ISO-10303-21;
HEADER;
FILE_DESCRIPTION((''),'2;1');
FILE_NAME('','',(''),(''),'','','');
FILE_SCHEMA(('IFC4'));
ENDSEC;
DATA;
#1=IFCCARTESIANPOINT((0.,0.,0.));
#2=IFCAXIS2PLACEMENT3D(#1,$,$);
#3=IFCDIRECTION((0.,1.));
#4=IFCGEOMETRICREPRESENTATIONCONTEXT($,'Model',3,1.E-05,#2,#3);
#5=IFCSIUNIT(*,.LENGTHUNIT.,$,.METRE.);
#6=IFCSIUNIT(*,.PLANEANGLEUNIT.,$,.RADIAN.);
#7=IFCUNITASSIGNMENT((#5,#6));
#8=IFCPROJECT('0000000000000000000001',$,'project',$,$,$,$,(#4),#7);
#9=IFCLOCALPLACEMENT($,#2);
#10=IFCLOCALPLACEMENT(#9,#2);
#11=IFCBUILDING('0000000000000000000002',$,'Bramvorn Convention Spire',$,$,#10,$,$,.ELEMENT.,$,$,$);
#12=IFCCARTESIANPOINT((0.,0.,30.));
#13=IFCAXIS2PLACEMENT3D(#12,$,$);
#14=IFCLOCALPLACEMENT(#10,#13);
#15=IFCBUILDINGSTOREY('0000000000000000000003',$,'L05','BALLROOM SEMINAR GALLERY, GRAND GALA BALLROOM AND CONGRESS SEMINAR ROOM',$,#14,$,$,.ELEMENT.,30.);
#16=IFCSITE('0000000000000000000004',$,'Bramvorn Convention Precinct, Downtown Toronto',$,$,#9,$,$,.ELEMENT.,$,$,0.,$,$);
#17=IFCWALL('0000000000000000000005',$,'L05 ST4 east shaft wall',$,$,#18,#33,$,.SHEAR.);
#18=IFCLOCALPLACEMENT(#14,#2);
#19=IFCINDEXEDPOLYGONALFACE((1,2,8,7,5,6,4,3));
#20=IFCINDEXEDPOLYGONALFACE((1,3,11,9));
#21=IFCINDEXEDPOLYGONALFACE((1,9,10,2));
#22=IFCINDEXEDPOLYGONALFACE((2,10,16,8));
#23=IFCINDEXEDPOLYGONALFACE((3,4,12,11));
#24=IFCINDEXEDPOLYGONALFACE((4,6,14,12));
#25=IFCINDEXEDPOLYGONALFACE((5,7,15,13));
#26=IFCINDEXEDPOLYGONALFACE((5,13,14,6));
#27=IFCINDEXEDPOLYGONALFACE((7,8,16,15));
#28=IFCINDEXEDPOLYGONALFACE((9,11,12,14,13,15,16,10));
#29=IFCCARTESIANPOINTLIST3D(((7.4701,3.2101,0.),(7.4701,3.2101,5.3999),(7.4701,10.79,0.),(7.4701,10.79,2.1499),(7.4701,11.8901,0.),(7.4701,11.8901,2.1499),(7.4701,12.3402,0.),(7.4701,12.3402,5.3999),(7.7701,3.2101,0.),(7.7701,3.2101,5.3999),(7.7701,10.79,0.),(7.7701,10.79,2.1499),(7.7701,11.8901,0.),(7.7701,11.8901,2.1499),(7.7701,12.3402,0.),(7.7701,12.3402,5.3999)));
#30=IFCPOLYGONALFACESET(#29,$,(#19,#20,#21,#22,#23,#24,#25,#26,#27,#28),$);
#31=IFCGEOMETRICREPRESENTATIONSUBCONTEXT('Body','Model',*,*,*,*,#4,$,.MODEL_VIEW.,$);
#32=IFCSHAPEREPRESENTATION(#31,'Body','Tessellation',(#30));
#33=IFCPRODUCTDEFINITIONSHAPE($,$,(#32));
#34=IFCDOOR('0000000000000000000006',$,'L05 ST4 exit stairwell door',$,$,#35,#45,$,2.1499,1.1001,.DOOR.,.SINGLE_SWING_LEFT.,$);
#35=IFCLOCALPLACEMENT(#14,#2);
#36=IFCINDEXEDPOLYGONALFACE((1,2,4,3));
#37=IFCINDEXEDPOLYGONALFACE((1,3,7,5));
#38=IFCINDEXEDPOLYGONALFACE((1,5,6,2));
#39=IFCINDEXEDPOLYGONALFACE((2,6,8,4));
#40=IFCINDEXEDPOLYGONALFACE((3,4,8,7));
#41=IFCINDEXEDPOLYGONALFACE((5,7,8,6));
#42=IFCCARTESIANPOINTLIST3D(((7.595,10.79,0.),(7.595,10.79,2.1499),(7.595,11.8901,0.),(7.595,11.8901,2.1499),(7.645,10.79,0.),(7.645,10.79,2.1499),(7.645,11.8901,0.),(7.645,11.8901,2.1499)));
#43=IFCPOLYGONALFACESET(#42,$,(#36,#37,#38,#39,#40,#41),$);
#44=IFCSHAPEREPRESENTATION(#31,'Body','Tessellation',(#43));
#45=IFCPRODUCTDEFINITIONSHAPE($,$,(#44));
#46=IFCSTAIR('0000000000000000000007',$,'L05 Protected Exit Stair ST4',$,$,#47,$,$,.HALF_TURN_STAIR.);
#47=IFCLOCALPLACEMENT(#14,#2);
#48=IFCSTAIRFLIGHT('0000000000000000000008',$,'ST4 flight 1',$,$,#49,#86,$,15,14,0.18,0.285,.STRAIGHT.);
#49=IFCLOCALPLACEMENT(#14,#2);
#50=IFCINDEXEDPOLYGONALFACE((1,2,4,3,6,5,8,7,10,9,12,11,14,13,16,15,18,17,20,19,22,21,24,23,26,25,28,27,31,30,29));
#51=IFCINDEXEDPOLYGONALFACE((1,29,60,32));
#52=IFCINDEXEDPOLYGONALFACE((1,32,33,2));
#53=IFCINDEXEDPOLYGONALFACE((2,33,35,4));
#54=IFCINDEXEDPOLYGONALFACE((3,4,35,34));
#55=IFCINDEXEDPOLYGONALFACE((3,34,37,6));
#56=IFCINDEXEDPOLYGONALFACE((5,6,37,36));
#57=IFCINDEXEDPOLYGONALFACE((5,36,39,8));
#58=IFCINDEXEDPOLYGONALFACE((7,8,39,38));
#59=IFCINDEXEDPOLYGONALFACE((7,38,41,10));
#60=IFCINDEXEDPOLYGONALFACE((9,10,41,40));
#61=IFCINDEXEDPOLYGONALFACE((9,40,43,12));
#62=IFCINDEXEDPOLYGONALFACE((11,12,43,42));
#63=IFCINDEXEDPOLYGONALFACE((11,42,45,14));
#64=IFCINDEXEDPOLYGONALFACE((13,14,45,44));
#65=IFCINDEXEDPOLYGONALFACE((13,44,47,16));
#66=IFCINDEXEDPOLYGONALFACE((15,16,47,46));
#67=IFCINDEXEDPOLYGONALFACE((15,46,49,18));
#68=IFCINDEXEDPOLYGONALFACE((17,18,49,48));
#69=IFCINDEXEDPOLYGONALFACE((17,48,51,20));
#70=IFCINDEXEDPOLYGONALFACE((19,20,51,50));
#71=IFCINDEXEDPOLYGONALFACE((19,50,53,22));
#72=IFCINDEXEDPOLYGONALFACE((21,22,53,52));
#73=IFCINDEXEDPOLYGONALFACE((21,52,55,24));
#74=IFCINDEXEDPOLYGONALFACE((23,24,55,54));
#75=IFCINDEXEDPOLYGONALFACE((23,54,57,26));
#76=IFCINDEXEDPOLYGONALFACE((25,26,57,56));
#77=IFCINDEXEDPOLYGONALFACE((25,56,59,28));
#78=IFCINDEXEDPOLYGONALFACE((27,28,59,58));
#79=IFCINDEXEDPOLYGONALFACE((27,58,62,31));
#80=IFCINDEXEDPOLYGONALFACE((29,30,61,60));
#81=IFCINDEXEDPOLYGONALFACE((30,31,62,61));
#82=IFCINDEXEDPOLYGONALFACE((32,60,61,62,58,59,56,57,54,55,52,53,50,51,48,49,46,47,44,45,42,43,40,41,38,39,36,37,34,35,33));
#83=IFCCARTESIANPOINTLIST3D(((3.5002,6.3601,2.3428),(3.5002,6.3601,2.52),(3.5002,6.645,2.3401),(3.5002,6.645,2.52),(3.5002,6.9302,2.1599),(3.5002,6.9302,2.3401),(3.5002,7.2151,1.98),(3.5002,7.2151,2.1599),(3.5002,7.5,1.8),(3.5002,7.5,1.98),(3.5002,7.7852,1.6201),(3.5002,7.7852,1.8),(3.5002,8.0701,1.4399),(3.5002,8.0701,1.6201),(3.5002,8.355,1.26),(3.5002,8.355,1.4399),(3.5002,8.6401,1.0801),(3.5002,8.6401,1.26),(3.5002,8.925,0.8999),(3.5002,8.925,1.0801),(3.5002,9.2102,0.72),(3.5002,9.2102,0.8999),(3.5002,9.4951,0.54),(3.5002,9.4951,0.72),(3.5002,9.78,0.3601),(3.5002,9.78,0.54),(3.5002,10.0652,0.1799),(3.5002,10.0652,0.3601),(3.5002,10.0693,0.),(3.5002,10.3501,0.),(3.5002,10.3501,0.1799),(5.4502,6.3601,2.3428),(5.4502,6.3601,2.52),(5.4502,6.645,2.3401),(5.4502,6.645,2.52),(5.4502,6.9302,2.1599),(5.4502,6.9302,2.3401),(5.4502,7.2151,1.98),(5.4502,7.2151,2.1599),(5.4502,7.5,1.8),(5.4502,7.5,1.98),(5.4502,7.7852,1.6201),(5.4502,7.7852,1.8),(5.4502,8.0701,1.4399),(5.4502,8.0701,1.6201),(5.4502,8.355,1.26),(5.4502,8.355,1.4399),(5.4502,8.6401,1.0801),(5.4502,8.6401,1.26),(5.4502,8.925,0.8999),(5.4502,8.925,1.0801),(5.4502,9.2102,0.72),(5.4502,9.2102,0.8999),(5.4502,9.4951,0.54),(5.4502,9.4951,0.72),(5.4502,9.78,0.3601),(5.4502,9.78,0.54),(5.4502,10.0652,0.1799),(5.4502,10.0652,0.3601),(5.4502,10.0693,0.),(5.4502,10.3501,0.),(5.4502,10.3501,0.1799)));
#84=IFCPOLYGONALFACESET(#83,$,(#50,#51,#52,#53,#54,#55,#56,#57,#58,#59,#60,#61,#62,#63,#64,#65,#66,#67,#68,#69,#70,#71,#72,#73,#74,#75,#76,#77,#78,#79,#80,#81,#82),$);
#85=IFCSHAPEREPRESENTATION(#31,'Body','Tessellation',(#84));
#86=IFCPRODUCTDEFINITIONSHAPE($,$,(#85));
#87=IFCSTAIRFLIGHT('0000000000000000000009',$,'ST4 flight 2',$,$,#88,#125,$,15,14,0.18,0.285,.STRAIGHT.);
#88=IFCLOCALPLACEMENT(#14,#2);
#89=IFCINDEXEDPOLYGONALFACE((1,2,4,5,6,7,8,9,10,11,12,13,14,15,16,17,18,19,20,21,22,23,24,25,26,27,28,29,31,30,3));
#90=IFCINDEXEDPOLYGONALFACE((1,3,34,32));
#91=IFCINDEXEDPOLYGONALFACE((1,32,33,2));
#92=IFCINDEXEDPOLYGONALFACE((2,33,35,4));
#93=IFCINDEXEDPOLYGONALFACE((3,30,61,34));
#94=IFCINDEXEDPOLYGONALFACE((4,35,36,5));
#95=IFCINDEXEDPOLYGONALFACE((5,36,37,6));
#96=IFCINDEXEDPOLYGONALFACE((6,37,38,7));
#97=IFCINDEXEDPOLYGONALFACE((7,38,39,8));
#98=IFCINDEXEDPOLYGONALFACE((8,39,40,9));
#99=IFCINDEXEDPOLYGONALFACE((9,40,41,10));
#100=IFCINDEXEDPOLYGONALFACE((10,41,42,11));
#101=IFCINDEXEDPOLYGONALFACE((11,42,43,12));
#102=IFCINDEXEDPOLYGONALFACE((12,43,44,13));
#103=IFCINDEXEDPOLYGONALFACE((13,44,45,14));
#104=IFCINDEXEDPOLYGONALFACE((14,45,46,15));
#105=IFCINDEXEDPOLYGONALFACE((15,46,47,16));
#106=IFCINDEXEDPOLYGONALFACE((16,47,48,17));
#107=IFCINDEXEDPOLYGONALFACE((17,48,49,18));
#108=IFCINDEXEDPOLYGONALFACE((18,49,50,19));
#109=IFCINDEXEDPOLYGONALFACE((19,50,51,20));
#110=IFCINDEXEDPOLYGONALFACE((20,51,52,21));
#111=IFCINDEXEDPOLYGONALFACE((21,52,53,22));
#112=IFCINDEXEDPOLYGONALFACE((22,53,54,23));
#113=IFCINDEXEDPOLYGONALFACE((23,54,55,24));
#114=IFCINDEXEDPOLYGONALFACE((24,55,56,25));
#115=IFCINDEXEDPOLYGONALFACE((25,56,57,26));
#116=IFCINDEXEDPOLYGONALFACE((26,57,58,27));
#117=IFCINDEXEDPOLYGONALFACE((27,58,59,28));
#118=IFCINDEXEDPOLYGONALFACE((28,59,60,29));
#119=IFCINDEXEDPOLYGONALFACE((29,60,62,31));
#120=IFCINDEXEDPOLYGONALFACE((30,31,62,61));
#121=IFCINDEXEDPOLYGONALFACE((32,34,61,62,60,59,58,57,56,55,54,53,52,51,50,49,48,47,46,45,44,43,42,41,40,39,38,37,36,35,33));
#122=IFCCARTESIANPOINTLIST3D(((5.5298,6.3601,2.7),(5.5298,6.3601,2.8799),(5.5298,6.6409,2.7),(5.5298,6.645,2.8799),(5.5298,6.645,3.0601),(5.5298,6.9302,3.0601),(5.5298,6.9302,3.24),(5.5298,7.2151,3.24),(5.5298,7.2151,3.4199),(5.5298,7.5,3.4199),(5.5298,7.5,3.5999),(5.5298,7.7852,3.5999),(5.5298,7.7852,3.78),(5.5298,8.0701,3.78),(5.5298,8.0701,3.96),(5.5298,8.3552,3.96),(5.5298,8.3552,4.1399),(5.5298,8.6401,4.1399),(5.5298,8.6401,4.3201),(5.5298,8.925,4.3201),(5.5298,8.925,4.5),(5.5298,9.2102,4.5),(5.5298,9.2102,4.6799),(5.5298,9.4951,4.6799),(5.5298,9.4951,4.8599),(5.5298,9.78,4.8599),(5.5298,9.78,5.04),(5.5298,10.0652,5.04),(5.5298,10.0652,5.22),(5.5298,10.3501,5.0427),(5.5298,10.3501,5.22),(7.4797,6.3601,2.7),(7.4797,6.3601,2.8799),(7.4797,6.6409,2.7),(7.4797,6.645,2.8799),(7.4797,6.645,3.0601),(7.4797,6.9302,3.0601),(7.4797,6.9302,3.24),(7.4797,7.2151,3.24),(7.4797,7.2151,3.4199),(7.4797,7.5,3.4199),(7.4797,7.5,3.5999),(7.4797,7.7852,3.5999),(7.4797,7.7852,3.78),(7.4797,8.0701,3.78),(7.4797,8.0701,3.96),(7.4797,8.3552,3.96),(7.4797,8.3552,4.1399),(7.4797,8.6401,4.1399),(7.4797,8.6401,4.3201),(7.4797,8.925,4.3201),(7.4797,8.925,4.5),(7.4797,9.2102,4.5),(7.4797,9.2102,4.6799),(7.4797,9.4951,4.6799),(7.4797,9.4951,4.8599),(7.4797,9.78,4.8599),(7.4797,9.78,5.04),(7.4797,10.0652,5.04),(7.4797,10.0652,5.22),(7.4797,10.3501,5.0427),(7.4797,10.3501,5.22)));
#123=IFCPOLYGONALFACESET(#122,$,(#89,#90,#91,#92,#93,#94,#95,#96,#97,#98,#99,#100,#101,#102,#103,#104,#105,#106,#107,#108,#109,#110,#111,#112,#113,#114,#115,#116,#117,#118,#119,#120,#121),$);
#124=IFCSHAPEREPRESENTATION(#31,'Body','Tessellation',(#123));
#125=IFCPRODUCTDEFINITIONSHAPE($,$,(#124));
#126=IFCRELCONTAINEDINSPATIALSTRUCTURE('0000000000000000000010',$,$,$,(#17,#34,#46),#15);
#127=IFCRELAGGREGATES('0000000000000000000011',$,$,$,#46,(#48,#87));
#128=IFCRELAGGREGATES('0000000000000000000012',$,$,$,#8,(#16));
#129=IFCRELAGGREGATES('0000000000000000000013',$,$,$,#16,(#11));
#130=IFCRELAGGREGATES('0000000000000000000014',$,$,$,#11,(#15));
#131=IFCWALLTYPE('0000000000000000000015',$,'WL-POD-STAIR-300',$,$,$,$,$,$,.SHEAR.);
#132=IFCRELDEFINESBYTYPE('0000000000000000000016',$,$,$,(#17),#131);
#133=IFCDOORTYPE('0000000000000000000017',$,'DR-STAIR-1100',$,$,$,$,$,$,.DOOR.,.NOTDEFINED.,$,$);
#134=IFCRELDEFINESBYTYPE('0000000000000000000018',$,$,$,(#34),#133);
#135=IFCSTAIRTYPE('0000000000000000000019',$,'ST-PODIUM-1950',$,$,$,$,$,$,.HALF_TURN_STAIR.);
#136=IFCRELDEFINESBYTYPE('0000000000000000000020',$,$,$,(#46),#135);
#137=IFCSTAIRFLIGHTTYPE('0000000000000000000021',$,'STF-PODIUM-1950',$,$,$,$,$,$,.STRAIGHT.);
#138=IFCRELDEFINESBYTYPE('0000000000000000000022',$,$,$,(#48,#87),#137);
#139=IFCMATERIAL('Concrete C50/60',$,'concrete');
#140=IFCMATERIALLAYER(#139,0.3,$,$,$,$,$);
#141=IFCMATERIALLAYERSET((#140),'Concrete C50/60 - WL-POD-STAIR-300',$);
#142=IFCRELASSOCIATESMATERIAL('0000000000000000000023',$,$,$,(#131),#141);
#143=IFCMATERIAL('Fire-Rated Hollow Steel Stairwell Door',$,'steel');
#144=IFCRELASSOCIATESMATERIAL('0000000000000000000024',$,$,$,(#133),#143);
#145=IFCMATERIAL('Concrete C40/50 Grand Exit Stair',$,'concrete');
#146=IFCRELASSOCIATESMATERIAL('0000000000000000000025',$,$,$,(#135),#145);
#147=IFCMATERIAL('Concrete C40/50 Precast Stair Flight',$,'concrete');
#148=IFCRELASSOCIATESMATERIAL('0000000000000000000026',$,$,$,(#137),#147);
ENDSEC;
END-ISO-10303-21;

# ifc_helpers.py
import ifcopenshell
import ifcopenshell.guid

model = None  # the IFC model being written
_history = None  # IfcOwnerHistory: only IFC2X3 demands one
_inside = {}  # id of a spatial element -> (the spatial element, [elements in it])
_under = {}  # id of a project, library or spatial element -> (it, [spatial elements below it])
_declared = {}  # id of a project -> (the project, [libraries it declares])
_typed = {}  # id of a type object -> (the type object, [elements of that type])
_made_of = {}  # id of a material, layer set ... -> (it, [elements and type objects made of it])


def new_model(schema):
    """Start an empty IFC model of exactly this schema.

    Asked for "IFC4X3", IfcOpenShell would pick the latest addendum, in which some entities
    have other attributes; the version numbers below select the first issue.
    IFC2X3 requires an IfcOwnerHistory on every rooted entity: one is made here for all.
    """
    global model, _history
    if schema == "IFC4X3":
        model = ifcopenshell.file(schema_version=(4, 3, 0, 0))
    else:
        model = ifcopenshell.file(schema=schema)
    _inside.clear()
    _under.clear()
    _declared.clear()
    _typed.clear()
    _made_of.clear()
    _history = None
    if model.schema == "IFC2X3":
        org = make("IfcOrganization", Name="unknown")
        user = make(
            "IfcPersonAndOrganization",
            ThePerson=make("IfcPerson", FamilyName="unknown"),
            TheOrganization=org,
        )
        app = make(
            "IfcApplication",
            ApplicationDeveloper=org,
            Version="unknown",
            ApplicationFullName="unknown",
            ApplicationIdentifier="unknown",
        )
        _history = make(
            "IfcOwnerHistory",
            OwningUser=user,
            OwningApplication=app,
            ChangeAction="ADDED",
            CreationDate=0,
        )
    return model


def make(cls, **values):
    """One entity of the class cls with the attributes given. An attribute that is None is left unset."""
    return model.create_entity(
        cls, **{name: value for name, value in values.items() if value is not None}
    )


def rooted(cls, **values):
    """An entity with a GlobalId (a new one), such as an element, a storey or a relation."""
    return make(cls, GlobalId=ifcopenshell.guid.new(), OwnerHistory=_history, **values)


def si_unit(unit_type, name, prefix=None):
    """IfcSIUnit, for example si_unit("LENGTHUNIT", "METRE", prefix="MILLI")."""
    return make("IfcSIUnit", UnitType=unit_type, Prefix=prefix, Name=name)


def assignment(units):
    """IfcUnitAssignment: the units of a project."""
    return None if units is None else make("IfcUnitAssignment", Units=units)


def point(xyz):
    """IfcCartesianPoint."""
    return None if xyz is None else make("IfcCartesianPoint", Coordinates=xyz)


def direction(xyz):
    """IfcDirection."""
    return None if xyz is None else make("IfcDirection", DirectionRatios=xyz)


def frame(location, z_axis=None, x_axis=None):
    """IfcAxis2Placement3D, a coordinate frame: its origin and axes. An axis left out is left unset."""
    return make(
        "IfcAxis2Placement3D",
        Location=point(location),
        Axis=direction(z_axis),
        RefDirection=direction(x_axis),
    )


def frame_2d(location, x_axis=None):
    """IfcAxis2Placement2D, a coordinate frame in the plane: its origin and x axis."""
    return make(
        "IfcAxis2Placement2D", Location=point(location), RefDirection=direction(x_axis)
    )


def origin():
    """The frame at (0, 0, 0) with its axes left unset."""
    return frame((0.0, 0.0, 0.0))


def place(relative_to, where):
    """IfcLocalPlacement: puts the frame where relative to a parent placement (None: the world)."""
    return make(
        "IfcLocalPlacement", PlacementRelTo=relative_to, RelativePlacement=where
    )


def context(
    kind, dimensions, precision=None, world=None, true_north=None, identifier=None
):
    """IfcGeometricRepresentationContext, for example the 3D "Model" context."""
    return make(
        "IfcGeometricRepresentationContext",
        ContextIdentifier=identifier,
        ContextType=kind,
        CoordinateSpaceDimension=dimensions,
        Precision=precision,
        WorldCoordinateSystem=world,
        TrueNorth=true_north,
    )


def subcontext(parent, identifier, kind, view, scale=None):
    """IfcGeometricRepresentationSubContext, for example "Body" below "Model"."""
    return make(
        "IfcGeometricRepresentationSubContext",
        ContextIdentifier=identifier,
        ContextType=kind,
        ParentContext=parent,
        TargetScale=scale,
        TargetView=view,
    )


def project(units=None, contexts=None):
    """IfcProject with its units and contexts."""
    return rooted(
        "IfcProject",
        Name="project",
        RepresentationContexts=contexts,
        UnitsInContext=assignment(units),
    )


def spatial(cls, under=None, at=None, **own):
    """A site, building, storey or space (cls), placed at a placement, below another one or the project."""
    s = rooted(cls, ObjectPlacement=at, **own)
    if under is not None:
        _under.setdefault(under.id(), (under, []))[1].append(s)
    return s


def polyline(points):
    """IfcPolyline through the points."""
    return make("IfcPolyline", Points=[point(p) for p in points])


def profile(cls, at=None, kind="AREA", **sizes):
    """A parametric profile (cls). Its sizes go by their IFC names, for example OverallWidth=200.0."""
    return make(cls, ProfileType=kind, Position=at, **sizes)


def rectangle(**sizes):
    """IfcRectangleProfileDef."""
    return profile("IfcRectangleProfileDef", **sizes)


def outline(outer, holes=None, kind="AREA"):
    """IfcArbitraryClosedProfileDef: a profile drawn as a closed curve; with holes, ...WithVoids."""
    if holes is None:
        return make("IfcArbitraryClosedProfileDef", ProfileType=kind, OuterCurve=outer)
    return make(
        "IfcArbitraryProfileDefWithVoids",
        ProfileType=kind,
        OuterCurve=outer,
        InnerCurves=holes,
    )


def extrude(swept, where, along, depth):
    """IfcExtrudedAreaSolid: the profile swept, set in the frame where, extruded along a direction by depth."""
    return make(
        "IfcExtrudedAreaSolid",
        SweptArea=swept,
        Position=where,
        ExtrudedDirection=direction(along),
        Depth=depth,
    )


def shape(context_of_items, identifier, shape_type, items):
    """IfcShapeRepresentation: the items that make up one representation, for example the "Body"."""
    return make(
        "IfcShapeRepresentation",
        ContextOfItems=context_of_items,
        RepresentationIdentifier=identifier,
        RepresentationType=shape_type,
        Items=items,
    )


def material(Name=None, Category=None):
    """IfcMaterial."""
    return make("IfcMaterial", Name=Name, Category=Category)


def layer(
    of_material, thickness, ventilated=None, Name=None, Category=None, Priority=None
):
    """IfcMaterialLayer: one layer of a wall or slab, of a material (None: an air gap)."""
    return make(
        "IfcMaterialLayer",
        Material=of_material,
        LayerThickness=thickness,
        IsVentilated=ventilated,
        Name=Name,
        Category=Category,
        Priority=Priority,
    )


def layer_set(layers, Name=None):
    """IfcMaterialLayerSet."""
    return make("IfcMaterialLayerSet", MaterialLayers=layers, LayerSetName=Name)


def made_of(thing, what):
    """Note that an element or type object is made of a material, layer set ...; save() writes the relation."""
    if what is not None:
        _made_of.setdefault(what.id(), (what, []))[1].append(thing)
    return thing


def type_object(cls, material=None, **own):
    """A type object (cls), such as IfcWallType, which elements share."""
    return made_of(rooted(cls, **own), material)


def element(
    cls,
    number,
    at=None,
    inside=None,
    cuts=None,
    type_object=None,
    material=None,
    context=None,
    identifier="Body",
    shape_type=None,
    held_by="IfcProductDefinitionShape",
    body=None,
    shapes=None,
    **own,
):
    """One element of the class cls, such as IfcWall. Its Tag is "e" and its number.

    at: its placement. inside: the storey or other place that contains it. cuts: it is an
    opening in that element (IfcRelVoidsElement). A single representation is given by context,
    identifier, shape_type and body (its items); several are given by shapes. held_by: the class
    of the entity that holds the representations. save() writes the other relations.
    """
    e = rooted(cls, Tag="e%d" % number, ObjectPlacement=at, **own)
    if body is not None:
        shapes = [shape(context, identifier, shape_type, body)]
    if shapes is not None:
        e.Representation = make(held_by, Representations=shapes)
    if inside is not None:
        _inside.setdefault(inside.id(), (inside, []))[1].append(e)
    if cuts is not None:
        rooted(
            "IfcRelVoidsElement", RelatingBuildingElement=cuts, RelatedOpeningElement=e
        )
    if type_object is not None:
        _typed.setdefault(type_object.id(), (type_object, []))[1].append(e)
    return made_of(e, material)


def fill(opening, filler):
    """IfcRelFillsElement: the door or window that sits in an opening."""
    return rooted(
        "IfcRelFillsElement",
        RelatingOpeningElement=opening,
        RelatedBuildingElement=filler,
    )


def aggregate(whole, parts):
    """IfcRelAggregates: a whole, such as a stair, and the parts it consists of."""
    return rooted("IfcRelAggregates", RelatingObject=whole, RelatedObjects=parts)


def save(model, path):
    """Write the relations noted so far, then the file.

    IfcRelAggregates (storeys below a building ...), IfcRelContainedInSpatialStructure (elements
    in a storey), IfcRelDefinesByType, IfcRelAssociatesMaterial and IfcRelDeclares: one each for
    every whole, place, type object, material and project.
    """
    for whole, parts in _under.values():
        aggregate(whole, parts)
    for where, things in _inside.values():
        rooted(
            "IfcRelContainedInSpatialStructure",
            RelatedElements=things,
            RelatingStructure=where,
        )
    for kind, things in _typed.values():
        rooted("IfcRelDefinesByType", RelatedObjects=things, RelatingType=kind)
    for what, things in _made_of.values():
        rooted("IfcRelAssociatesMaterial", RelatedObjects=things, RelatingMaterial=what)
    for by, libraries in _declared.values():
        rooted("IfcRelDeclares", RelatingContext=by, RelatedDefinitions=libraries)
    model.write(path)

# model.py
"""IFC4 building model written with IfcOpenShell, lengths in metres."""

from ifc_helpers import new_model, si_unit, direction, frame, frame_2d, origin, place, context, subcontext, project, spatial, polyline, rectangle, outline, extrude, material, layer, layer_set, type_object, element, fill, aggregate, save


model = new_model("IFC4")

# Units and contexts
model_context = context("Model", 3, precision=1e-05, world=origin(), true_north=direction((0.0, 1.0)))
body_context = subcontext(model_context, "Body", "Model", "MODEL_VIEW")
ifc_project = project(units=[si_unit("LENGTHUNIT", "METRE"), si_unit("PLANEANGLEUNIT", "RADIAN")], contexts=[model_context])

# Site, building, storey
site_placement = place(None, origin())
site = spatial("IfcSite", under=ifc_project, at=site_placement, Name="Bramvorn Convention Precinct, Downtown Toronto", CompositionType="ELEMENT", RefElevation=0.0)
building_placement = place(site_placement, origin())
building = spatial("IfcBuilding", under=site, at=building_placement, Name="Bramvorn Convention Spire", CompositionType="ELEMENT")
storey_placement = place(building_placement, frame((0.0, 0.0, 30.0)))
storey = spatial("IfcBuildingStorey", under=building, at=storey_placement, Name="L05", Description="BALLROOM SEMINAR GALLERY, GRAND GALA BALLROOM AND CONGRESS SEMINAR ROOM", CompositionType="ELEMENT", Elevation=30.0)

# Shared definitions
ifc_material_1 = material(Name="Concrete C50/60", Category="concrete")
ifc_layer = layer(ifc_material_1, 0.3)
ifc_layer_set = layer_set([ifc_layer], Name="Concrete C50/60 - WL-POD-STAIR-300")
wall_type = type_object("IfcWallType", Name="WL-POD-STAIR-300", PredefinedType="SHEAR", material=ifc_layer_set)

# Wall, opening, door
wall_1_placement = place(storey_placement, frame((7.6201, 12.3401, 0.0), z_axis=(0.0, 0.0, 1.0), x_axis=(0.0, -1.0, 0.0)))
wall_1 = element("IfcWall", 1, at=wall_1_placement, inside=storey, type_object=wall_type, Name="L05 ST4 east shaft wall", PredefinedType="SHEAR", context=body_context, shape_type="SweptSolid", body=[
    extrude(rectangle(XDim=9.1301, YDim=0.3, at=frame_2d((4.5649, 0.0))), origin(), (0.0, 0.0, 1.0), 5.3999),
])
opening_placement = place(wall_1_placement, frame((0.45, 0.0, 0.0)))
opening = element("IfcOpeningElement", 2, at=opening_placement, cuts=wall_1, PredefinedType="OPENING", context=body_context, shape_type="SweptSolid", body=[
    extrude(rectangle(XDim=1.1001, YDim=2.1499, at=frame_2d((0.55, 1.075))), frame((0.0, 0.1599, 0.0), z_axis=(0.0, -1.0, 0.0), x_axis=(1.0, 0.0, 0.0)), (0.0, 0.0, 1.0), 0.3201),
])
ifc_material_2 = material(Name="Fire-Rated Hollow Steel Stairwell Door", Category="steel")
door_type = type_object("IfcDoorType", Name="DR-STAIR-1100", OperationType="NOTDEFINED", PredefinedType="DOOR", material=ifc_material_2)
door_placement = place(opening_placement, origin())
door = element("IfcDoor", 3, at=door_placement, inside=storey, type_object=door_type, Name="L05 ST4 exit stairwell door", OperationType="SINGLE_SWING_LEFT", OverallHeight=2.1499, OverallWidth=1.1001, PredefinedType="DOOR", context=body_context, shape_type="SweptSolid", body=[
    extrude(rectangle(XDim=1.1001, YDim=2.1499, at=frame_2d((0.55, 1.075))), frame((0.0, 0.0249, 0.0), z_axis=(0.0, -1.0, 0.0), x_axis=(1.0, 0.0, 0.0)), (0.0, 0.0, 1.0), 0.05),
])
fill(opening, door)

# Stair, stair flights
ifc_material_3 = material(Name="Concrete C40/50 Grand Exit Stair", Category="concrete")
stair_type = type_object("IfcStairType", Name="ST-PODIUM-1950", PredefinedType="HALF_TURN_STAIR", material=ifc_material_3)
stair_placement = place(storey_placement, origin())
stair = element("IfcStair", 4, at=stair_placement, inside=storey, type_object=stair_type, Name="L05 Protected Exit Stair ST4", PredefinedType="HALF_TURN_STAIR")
ifc_material_4 = material(Name="Concrete C40/50 Precast Stair Flight", Category="concrete")
stair_flight_type = type_object("IfcStairFlightType", Name="STF-PODIUM-1950", PredefinedType="STRAIGHT", material=ifc_material_4)
stair_flight_1_placement = place(storey_placement, frame((4.4751, 10.3501, 0.0), z_axis=(0.0, 0.0, 1.0), x_axis=(0.0, -1.0, 0.0)))
stair_flight_1 = element("IfcStairFlight", 5, at=stair_flight_1_placement, type_object=stair_flight_type, Name="ST4 flight 1", NumberOfRisers=15, NumberOfTreads=14, PredefinedType="STRAIGHT", RiserHeight=0.18, TreadLength=0.285, context=body_context, shape_type="SweptSolid", body=[
    extrude(outline(polyline([(0.0, 0.0), (0.0, 0.1799), (0.2849, 0.1799), (0.2849, 0.3601), (0.5701, 0.3601), (0.5701, 0.54), (0.855, 0.54), (0.855, 0.72), (1.1399, 0.72), (1.1399, 0.8999), (1.425, 0.8999), (1.425, 1.0801), (1.71, 1.0801), (1.71, 1.26), (1.9951, 1.26), (1.9951, 1.4399), (2.28, 1.4399), (2.28, 1.6201), (2.5649, 1.6201), (2.5649, 1.8), (2.8501, 1.8), (2.8501, 1.98), (3.135, 1.98), (3.135, 2.1599), (3.4199, 2.1599), (3.4199, 2.3401), (3.7051, 2.3401), (3.7051, 2.52), (3.99, 2.52), (3.99, 2.7), (3.99, 2.3428), (0.2808, 0.0), (0.0, 0.0)])), frame((0.0, 0.9751, 0.0), z_axis=(0.0, -1.0, 0.0), x_axis=(1.0, 0.0, 0.0)), (0.0, 0.0, 1.0), 1.95),
])
stair_flight_2_placement = place(storey_placement, frame((6.5049, 6.3601, 2.7), z_axis=(0.0, 0.0, 1.0), x_axis=(0.0, 1.0, 0.0)))
stair_flight_2 = element("IfcStairFlight", 6, at=stair_flight_2_placement, type_object=stair_flight_type, Name="ST4 flight 2", NumberOfRisers=15, NumberOfTreads=14, PredefinedType="STRAIGHT", RiserHeight=0.18, TreadLength=0.285, context=body_context, shape_type="SweptSolid", body=[
    extrude(outline(polyline([(0.0, 0.0), (0.0, 0.1799), (0.2849, 0.1799), (0.2849, 0.3601), (0.5701, 0.3601), (0.5701, 0.54), (0.855, 0.54), (0.855, 0.72), (1.1399, 0.72), (1.1399, 0.8999), (1.425, 0.8999), (1.425, 1.0801), (1.71, 1.0801), (1.71, 1.26), (1.9951, 1.26), (1.9951, 1.4399), (2.28, 1.4399), (2.28, 1.6201), (2.5649, 1.6201), (2.5649, 1.8), (2.8501, 1.8), (2.8501, 1.98), (3.135, 1.98), (3.135, 2.1599), (3.4199, 2.1599), (3.4199, 2.3401), (3.7051, 2.3401), (3.7051, 2.52), (3.99, 2.52), (3.99, 2.7), (3.99, 2.3428), (0.2808, 0.0), (0.0, 0.0)])), frame((0.0, 0.9751, 0.0), z_axis=(0.0, -1.0, 0.0), x_axis=(1.0, 0.0, 0.0)), (0.0, 0.0, 1.0), 1.95),
])
aggregate(stair, [stair_flight_1, stair_flight_2])

save(model, "model.ifc")
